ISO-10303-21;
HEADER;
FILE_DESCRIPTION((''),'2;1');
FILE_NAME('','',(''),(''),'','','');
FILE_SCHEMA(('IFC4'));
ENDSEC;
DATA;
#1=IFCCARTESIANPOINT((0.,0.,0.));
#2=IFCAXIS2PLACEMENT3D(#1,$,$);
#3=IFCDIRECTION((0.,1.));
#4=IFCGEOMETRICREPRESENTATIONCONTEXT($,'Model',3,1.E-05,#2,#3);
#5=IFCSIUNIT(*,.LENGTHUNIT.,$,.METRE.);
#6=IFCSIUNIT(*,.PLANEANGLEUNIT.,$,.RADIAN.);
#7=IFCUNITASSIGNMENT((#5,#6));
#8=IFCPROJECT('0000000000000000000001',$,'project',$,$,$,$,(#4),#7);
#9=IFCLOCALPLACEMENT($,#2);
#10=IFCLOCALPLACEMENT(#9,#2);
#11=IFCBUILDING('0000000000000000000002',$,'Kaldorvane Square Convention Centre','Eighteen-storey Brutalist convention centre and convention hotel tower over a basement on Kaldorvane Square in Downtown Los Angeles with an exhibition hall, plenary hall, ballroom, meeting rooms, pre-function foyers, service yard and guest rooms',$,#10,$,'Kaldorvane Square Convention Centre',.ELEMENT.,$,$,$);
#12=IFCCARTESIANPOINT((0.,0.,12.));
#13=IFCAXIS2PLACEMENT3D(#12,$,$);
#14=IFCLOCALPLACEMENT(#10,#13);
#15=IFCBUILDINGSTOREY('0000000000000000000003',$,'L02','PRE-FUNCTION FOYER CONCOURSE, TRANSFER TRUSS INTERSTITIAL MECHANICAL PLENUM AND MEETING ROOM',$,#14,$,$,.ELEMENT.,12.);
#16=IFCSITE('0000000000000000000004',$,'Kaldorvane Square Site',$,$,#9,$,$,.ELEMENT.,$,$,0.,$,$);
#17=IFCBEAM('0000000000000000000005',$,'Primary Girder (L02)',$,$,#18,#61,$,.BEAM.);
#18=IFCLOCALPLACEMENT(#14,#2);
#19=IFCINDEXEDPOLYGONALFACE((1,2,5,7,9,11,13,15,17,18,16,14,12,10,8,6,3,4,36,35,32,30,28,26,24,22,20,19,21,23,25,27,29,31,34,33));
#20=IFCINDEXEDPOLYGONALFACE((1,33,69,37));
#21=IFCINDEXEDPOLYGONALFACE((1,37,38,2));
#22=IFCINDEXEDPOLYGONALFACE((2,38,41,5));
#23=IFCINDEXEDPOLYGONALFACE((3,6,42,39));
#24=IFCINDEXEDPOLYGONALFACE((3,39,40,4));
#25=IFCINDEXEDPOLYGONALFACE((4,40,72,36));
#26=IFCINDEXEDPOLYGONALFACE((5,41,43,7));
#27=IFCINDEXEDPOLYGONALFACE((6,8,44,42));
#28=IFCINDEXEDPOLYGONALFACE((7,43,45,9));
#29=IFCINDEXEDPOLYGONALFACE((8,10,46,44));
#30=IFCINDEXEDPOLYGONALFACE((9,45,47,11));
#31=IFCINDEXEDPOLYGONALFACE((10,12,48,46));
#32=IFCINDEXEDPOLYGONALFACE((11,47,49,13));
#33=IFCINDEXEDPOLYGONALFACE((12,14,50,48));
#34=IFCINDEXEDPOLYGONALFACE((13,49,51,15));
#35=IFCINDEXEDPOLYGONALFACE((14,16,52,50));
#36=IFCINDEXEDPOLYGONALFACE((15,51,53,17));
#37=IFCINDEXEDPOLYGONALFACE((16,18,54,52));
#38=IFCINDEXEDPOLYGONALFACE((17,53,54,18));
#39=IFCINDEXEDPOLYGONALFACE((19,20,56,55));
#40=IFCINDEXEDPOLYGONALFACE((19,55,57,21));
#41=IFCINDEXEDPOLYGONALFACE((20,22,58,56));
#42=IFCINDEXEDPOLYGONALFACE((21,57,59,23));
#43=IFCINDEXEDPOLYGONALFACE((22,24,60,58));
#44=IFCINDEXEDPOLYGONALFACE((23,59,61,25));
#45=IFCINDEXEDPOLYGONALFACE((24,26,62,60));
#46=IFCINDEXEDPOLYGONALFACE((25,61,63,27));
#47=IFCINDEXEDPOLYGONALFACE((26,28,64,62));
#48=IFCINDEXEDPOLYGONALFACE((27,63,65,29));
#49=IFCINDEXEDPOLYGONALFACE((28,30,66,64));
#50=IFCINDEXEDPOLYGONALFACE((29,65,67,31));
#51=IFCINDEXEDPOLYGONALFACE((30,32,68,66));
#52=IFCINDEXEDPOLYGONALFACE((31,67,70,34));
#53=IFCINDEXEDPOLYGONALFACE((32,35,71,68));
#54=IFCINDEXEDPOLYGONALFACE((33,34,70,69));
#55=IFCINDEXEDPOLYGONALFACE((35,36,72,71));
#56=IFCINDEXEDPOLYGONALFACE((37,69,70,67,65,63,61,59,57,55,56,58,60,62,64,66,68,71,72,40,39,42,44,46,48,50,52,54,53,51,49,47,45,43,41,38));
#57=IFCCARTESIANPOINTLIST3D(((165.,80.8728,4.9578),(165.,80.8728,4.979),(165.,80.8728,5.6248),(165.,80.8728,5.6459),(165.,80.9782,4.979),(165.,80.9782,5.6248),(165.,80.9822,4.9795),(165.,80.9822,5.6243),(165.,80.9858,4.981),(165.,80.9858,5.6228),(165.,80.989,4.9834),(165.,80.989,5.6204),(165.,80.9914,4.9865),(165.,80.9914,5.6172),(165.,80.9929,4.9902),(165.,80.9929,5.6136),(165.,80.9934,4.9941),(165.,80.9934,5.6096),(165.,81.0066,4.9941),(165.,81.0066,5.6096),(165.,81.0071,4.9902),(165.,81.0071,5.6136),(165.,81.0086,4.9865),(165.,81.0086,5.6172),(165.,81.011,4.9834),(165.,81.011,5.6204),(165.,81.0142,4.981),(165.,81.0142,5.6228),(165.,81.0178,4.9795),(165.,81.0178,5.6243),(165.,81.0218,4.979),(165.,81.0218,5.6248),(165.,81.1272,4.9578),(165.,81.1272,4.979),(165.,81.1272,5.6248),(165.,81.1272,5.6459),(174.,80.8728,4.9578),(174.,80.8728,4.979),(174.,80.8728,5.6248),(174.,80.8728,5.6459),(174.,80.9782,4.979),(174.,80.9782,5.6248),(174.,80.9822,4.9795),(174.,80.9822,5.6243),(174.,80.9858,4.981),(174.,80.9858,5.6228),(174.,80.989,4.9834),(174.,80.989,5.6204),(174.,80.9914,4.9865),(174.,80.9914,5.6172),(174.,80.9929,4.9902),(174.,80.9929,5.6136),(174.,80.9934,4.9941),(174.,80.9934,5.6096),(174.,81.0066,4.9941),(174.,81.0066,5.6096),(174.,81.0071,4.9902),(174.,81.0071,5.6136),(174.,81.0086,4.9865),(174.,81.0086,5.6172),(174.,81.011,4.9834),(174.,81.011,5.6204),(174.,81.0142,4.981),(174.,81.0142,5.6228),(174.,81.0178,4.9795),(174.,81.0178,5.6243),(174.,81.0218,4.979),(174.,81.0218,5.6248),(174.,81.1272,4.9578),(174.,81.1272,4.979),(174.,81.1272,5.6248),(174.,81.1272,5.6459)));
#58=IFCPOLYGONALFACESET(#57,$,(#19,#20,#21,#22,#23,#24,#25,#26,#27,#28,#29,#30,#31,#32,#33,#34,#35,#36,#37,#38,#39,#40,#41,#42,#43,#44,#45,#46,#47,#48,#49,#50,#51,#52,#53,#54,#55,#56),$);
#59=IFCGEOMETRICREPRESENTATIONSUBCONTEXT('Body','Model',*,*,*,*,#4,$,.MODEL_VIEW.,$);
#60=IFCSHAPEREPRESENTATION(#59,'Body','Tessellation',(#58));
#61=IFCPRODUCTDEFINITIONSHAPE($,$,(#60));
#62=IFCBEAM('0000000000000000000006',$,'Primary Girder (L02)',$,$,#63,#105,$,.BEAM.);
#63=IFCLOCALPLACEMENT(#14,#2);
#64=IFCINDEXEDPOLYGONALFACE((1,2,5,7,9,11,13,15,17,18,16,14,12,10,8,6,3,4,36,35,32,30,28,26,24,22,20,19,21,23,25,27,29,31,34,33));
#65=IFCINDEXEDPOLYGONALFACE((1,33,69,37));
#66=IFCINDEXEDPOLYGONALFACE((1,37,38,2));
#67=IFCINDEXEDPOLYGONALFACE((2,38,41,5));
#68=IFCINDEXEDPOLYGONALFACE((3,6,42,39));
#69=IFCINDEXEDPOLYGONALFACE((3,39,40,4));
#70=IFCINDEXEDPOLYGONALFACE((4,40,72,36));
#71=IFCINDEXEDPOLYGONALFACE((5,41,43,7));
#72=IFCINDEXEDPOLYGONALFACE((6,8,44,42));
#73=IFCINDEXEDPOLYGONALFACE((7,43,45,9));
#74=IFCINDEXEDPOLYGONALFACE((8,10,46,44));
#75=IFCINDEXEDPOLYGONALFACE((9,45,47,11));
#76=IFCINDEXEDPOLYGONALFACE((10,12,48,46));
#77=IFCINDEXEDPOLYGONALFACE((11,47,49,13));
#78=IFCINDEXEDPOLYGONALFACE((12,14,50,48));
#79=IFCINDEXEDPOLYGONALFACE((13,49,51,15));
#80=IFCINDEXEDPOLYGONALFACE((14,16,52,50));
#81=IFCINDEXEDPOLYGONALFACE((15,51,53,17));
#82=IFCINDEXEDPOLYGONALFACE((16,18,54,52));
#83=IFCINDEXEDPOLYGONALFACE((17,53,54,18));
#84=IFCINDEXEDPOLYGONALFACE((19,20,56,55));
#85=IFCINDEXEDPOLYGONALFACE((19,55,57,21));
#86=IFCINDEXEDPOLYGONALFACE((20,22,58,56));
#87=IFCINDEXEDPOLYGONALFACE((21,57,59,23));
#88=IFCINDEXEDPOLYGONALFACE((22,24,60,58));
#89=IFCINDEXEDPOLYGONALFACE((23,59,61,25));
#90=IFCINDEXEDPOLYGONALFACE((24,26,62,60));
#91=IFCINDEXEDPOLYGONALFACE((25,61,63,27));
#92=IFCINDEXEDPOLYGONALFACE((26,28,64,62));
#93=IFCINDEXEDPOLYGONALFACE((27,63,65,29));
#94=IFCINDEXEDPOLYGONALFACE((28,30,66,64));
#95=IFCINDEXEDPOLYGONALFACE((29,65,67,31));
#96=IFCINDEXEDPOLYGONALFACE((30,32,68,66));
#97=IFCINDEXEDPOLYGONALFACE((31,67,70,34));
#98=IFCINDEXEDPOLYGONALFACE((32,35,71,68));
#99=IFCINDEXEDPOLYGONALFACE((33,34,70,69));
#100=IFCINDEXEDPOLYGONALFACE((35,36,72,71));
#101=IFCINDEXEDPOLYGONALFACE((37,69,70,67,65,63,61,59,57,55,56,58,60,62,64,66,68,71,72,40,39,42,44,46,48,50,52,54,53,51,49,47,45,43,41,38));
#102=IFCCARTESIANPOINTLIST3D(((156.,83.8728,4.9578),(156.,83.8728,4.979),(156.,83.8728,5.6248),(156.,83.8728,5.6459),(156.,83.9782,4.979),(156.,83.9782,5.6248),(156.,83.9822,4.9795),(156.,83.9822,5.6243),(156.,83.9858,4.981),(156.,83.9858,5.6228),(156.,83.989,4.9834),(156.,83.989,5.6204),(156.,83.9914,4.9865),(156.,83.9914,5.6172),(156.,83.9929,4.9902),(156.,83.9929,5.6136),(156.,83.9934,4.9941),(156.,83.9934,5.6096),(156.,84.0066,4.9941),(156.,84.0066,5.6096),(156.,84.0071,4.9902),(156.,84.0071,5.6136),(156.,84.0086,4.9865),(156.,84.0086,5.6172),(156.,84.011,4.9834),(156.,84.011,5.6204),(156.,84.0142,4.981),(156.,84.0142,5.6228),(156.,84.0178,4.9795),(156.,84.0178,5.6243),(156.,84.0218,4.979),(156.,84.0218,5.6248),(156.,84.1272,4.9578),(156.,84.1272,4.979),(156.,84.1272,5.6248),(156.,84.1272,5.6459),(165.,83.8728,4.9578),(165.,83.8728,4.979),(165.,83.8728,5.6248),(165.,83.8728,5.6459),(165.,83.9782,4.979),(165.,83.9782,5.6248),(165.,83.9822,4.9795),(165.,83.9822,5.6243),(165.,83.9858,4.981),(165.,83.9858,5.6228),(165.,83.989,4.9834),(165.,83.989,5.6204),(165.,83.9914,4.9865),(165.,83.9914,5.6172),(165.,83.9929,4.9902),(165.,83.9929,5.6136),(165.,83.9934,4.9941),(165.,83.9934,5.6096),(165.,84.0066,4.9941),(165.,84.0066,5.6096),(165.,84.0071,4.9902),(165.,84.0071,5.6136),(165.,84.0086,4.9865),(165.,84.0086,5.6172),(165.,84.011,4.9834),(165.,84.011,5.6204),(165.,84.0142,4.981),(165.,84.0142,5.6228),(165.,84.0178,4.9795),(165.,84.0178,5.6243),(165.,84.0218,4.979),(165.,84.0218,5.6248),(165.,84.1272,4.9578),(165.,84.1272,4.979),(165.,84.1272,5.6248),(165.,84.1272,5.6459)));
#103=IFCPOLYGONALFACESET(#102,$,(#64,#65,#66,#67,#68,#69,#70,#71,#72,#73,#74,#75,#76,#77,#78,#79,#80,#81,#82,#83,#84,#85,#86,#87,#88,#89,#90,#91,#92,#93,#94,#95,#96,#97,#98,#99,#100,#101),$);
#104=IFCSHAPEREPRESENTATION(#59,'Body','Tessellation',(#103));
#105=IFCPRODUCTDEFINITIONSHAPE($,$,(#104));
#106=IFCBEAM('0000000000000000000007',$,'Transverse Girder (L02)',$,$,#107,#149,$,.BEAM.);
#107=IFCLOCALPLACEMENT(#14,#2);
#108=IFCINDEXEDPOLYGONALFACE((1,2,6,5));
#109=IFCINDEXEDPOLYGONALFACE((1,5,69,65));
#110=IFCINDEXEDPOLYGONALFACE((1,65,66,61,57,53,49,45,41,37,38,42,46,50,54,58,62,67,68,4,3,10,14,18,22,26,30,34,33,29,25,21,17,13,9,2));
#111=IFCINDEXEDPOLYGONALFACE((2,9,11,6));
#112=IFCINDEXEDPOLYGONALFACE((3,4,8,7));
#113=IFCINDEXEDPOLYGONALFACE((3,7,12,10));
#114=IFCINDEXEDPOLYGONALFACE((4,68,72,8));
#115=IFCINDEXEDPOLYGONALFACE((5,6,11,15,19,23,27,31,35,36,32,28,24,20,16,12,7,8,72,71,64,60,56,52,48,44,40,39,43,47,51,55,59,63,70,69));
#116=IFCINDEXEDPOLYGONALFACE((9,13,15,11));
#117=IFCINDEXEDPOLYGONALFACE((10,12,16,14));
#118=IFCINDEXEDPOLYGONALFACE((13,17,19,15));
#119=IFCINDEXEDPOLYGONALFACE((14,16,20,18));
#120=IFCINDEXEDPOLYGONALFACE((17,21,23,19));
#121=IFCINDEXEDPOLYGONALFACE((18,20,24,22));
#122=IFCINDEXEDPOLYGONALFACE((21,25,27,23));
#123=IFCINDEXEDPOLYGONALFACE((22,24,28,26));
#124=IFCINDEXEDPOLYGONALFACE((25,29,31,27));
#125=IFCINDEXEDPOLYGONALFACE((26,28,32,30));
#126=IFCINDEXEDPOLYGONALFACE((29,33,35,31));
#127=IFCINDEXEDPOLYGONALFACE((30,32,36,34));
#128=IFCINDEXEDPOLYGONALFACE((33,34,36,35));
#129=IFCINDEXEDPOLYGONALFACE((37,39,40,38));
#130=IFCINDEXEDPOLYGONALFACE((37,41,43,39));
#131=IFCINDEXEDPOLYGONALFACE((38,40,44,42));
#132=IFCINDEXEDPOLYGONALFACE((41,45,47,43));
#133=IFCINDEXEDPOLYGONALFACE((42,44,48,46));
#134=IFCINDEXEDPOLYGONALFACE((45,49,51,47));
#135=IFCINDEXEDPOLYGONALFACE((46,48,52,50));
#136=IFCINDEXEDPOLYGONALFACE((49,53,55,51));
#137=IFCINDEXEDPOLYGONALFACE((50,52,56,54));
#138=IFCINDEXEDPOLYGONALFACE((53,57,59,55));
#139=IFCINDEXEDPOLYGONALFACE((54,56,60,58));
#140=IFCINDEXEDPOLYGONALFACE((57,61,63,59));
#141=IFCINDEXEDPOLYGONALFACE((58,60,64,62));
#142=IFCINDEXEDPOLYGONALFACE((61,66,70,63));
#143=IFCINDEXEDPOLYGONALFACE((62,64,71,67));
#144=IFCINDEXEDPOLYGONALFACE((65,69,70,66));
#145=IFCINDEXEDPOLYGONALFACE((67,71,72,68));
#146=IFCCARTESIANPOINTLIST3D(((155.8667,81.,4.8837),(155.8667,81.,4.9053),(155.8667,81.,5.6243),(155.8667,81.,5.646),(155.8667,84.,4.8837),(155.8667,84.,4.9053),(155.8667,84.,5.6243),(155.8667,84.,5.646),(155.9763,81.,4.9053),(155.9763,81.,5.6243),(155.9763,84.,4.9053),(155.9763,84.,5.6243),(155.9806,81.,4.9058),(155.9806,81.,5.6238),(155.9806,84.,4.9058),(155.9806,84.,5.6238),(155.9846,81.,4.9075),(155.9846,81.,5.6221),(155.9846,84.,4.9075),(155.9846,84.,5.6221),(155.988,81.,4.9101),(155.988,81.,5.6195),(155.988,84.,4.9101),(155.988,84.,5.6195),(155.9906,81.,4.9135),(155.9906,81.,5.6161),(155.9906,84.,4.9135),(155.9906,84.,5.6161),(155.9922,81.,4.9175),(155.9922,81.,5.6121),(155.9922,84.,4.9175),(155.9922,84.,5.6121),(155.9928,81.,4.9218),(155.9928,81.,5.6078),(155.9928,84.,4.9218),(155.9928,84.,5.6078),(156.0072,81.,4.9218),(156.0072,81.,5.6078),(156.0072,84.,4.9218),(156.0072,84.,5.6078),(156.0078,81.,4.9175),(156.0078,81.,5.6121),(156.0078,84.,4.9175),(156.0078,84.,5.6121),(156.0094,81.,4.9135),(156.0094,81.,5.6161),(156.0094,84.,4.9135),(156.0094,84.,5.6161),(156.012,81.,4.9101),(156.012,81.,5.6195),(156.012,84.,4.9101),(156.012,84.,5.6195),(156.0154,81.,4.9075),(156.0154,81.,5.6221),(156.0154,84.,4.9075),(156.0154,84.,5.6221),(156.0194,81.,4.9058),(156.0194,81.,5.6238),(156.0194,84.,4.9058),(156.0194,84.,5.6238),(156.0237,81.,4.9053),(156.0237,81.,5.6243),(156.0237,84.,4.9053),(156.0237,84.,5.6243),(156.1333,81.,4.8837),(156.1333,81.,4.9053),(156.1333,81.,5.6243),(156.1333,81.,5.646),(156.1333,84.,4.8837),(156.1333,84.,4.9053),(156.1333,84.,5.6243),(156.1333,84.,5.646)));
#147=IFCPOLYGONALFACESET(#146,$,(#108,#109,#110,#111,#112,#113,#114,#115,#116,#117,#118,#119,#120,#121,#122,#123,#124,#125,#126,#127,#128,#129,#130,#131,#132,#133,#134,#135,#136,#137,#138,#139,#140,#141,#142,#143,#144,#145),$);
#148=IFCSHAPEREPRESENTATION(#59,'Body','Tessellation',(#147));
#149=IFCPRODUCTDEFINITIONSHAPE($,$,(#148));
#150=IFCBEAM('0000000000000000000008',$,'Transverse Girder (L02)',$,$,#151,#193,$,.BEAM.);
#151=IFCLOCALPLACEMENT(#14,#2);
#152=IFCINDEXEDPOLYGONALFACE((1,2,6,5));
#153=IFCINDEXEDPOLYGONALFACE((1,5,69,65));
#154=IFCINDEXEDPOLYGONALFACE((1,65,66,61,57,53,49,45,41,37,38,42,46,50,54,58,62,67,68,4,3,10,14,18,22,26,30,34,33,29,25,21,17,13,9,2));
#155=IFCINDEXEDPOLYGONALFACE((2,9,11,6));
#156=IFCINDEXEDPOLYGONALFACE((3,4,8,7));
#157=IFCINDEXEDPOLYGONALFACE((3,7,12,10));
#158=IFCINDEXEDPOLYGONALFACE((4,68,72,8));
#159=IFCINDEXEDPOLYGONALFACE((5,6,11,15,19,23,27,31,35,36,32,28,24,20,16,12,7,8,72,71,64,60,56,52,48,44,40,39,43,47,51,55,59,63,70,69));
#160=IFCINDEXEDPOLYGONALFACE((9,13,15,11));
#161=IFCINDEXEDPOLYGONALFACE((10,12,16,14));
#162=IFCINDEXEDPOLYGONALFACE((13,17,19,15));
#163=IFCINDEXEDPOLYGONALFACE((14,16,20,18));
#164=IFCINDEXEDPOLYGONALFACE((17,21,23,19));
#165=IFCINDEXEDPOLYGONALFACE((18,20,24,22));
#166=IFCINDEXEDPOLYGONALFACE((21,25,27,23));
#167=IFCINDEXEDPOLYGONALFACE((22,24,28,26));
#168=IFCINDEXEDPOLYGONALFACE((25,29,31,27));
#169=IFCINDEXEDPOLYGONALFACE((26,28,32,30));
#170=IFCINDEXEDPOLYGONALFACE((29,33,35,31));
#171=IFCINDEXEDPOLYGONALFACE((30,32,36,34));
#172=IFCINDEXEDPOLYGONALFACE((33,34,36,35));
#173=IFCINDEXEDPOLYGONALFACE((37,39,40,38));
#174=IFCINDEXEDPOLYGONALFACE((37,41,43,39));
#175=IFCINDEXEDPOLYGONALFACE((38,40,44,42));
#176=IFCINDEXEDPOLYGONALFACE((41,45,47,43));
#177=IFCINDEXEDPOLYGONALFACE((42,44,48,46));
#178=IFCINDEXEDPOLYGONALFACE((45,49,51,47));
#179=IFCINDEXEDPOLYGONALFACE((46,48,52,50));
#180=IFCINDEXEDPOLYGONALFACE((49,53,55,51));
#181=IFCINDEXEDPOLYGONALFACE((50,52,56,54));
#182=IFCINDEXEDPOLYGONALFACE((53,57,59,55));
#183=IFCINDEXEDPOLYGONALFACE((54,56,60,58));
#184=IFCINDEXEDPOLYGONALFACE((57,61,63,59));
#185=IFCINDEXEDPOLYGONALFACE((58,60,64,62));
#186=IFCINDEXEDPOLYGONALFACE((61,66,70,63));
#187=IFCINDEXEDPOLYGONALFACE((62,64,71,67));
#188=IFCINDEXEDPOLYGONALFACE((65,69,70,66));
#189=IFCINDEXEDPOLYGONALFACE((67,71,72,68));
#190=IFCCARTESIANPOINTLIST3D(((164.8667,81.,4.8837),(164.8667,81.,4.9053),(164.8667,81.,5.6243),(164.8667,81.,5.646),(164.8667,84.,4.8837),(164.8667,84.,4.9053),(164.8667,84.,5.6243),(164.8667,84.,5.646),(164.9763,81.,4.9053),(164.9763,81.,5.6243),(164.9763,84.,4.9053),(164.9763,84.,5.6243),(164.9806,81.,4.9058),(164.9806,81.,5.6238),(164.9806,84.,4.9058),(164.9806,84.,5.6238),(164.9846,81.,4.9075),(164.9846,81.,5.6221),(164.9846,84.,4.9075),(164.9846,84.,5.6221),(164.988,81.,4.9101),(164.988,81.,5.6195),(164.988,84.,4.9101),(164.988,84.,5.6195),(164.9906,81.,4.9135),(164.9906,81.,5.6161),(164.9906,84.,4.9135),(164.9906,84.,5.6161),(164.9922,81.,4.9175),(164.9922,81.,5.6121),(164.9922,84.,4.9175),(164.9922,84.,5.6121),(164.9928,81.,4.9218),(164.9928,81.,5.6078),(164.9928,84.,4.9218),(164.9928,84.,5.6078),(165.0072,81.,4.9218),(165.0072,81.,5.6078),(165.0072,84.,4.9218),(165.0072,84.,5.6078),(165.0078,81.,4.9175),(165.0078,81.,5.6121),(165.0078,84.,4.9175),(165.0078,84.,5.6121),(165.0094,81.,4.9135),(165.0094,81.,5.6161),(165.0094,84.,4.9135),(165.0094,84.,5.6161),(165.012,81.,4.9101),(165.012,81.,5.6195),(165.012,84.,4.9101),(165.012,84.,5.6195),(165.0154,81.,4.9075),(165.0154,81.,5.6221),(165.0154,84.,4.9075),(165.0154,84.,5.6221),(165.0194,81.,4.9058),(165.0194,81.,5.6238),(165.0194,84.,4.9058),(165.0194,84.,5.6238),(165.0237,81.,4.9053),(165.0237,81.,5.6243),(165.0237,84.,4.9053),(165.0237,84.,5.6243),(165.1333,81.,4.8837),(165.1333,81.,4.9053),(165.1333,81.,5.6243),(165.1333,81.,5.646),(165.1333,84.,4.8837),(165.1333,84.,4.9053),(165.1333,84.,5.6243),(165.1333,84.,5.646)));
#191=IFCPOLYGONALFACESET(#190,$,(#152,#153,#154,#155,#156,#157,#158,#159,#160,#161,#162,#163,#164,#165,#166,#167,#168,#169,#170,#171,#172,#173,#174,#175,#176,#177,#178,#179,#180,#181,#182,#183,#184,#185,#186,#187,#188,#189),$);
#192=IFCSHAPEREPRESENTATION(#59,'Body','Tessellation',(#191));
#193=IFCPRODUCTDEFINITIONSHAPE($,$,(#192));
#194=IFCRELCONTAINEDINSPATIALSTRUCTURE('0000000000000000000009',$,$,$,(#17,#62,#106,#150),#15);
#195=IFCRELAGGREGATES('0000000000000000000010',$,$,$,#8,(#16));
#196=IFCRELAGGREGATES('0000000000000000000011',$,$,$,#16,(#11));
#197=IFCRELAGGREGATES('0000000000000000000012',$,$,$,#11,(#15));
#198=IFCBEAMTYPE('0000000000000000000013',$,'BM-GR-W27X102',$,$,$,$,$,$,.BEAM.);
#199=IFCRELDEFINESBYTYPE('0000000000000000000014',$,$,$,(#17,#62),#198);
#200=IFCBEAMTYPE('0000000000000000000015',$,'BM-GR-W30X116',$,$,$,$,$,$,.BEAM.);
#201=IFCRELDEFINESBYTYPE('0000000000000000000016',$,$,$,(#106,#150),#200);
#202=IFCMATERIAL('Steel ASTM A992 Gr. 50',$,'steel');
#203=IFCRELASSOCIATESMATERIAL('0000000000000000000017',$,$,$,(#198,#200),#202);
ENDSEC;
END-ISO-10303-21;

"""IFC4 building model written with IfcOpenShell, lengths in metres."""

from ifc_helpers import new_model, si_unit, direction, frame, origin, origin_2d, place, context, subcontext, project, spatial, i_section, extrude, material, material_profile, profile_set, type_object, element, save


model = new_model("IFC4")

# Units and contexts
model_context = context("Model", 3, precision=1e-05, world=origin(), true_north=direction((0.0, 1.0)))
body_context = subcontext(model_context, "Body", "Model", "MODEL_VIEW")
ifc_project = project(units=[si_unit("LENGTHUNIT", "METRE"), si_unit("PLANEANGLEUNIT", "RADIAN")], contexts=[model_context])

# Site, building, storey
site_placement = place(None, origin())
site = spatial("IfcSite", under=ifc_project, at=site_placement, Name="Kaldorvane Square Site", CompositionType="ELEMENT", RefElevation=0.0)
building_placement = place(site_placement, origin())
building = spatial("IfcBuilding", under=site, at=building_placement, Name="Kaldorvane Square Convention Centre", Description="Eighteen-storey Brutalist convention centre and convention hotel tower over a basement on Kaldorvane Square in Downtown Los Angeles with an exhibition hall, plenary hall, ballroom, meeting rooms, pre-function foyers, service yard and guest rooms", LongName="Kaldorvane Square Convention Centre", CompositionType="ELEMENT")
storey_placement = place(building_placement, frame((0.0, 0.0, 12.0)))
storey = spatial("IfcBuildingStorey", under=building, at=storey_placement, Name="L02", Description="PRE-FUNCTION FOYER CONCOURSE, TRANSFER TRUSS INTERSTITIAL MECHANICAL PLENUM AND MEETING ROOM", CompositionType="ELEMENT", Elevation=12.0)

# Shared definitions
ifc_material_1 = material(Name="Steel ASTM A992 Gr. 50", Category="steel")

# Beams
ifc_material_profile_1 = material_profile(ifc_material_1, i_section(OverallWidth=0.2544, OverallDepth=0.6881, WebThickness=0.0131, FlangeThickness=0.0211, FilletRadius=0.0152, at=origin_2d()), Name="W27X102")
ifc_profile_set_1 = profile_set([ifc_material_profile_1], Name="Steel ASTM A992 Gr. 50")
beam_type_1 = type_object("IfcBeamType", Name="BM-GR-W27X102", PredefinedType="BEAM", material=ifc_profile_set_1)
for number, where, z_axis, x_axis, name in (
    (1, (165.0, 81.0, 5.3019), (1.0, 0.0, 0.0), (0.0, 1.0, 0.0), "Primary Girder (L02)"),
    (2, (156.0, 84.0, 5.3019), (1.0, 0.0, 0.0), (0.0, 1.0, 0.0), "Primary Girder (L02)"),
):
    element("IfcBeam", number, at=place(storey_placement, frame(where, z_axis=z_axis, x_axis=x_axis)), inside=storey, type_object=beam_type_1, Name=name, PredefinedType="BEAM", context=body_context, shape_type="SweptSolid", body=[
        extrude(i_section(OverallWidth=0.2544, OverallDepth=0.6881, WebThickness=0.0131, FlangeThickness=0.0211, FilletRadius=0.0152, at=origin_2d()), origin(), (0.0, 0.0, 1.0), 9.0),
    ])
ifc_material_profile_2 = material_profile(ifc_material_1, i_section(OverallWidth=0.2666, OverallDepth=0.7623, WebThickness=0.0144, FlangeThickness=0.0216, FilletRadius=0.0165, at=origin_2d()), Name="W30X116")
ifc_profile_set_2 = profile_set([ifc_material_profile_2], Name="Steel ASTM A992 Gr. 50")
beam_type_2 = type_object("IfcBeamType", Name="BM-GR-W30X116", PredefinedType="BEAM", material=ifc_profile_set_2)
for number, where, z_axis, x_axis, name in (
    (3, (156.0, 81.0, 5.2648), (0.0, 1.0, 0.0), (-1.0, 0.0, 0.0), "Transverse Girder (L02)"),
    (4, (165.0, 81.0, 5.2648), (0.0, 1.0, 0.0), (-1.0, 0.0, 0.0), "Transverse Girder (L02)"),
):
    element("IfcBeam", number, at=place(storey_placement, frame(where, z_axis=z_axis, x_axis=x_axis)), inside=storey, type_object=beam_type_2, Name=name, PredefinedType="BEAM", context=body_context, shape_type="SweptSolid", body=[
        extrude(i_section(OverallWidth=0.2666, OverallDepth=0.7623, WebThickness=0.0144, FlangeThickness=0.0216, FilletRadius=0.0165, at=origin_2d()), origin(), (0.0, 0.0, 1.0), 3.0),
    ])

save(model, "model.ifc")
